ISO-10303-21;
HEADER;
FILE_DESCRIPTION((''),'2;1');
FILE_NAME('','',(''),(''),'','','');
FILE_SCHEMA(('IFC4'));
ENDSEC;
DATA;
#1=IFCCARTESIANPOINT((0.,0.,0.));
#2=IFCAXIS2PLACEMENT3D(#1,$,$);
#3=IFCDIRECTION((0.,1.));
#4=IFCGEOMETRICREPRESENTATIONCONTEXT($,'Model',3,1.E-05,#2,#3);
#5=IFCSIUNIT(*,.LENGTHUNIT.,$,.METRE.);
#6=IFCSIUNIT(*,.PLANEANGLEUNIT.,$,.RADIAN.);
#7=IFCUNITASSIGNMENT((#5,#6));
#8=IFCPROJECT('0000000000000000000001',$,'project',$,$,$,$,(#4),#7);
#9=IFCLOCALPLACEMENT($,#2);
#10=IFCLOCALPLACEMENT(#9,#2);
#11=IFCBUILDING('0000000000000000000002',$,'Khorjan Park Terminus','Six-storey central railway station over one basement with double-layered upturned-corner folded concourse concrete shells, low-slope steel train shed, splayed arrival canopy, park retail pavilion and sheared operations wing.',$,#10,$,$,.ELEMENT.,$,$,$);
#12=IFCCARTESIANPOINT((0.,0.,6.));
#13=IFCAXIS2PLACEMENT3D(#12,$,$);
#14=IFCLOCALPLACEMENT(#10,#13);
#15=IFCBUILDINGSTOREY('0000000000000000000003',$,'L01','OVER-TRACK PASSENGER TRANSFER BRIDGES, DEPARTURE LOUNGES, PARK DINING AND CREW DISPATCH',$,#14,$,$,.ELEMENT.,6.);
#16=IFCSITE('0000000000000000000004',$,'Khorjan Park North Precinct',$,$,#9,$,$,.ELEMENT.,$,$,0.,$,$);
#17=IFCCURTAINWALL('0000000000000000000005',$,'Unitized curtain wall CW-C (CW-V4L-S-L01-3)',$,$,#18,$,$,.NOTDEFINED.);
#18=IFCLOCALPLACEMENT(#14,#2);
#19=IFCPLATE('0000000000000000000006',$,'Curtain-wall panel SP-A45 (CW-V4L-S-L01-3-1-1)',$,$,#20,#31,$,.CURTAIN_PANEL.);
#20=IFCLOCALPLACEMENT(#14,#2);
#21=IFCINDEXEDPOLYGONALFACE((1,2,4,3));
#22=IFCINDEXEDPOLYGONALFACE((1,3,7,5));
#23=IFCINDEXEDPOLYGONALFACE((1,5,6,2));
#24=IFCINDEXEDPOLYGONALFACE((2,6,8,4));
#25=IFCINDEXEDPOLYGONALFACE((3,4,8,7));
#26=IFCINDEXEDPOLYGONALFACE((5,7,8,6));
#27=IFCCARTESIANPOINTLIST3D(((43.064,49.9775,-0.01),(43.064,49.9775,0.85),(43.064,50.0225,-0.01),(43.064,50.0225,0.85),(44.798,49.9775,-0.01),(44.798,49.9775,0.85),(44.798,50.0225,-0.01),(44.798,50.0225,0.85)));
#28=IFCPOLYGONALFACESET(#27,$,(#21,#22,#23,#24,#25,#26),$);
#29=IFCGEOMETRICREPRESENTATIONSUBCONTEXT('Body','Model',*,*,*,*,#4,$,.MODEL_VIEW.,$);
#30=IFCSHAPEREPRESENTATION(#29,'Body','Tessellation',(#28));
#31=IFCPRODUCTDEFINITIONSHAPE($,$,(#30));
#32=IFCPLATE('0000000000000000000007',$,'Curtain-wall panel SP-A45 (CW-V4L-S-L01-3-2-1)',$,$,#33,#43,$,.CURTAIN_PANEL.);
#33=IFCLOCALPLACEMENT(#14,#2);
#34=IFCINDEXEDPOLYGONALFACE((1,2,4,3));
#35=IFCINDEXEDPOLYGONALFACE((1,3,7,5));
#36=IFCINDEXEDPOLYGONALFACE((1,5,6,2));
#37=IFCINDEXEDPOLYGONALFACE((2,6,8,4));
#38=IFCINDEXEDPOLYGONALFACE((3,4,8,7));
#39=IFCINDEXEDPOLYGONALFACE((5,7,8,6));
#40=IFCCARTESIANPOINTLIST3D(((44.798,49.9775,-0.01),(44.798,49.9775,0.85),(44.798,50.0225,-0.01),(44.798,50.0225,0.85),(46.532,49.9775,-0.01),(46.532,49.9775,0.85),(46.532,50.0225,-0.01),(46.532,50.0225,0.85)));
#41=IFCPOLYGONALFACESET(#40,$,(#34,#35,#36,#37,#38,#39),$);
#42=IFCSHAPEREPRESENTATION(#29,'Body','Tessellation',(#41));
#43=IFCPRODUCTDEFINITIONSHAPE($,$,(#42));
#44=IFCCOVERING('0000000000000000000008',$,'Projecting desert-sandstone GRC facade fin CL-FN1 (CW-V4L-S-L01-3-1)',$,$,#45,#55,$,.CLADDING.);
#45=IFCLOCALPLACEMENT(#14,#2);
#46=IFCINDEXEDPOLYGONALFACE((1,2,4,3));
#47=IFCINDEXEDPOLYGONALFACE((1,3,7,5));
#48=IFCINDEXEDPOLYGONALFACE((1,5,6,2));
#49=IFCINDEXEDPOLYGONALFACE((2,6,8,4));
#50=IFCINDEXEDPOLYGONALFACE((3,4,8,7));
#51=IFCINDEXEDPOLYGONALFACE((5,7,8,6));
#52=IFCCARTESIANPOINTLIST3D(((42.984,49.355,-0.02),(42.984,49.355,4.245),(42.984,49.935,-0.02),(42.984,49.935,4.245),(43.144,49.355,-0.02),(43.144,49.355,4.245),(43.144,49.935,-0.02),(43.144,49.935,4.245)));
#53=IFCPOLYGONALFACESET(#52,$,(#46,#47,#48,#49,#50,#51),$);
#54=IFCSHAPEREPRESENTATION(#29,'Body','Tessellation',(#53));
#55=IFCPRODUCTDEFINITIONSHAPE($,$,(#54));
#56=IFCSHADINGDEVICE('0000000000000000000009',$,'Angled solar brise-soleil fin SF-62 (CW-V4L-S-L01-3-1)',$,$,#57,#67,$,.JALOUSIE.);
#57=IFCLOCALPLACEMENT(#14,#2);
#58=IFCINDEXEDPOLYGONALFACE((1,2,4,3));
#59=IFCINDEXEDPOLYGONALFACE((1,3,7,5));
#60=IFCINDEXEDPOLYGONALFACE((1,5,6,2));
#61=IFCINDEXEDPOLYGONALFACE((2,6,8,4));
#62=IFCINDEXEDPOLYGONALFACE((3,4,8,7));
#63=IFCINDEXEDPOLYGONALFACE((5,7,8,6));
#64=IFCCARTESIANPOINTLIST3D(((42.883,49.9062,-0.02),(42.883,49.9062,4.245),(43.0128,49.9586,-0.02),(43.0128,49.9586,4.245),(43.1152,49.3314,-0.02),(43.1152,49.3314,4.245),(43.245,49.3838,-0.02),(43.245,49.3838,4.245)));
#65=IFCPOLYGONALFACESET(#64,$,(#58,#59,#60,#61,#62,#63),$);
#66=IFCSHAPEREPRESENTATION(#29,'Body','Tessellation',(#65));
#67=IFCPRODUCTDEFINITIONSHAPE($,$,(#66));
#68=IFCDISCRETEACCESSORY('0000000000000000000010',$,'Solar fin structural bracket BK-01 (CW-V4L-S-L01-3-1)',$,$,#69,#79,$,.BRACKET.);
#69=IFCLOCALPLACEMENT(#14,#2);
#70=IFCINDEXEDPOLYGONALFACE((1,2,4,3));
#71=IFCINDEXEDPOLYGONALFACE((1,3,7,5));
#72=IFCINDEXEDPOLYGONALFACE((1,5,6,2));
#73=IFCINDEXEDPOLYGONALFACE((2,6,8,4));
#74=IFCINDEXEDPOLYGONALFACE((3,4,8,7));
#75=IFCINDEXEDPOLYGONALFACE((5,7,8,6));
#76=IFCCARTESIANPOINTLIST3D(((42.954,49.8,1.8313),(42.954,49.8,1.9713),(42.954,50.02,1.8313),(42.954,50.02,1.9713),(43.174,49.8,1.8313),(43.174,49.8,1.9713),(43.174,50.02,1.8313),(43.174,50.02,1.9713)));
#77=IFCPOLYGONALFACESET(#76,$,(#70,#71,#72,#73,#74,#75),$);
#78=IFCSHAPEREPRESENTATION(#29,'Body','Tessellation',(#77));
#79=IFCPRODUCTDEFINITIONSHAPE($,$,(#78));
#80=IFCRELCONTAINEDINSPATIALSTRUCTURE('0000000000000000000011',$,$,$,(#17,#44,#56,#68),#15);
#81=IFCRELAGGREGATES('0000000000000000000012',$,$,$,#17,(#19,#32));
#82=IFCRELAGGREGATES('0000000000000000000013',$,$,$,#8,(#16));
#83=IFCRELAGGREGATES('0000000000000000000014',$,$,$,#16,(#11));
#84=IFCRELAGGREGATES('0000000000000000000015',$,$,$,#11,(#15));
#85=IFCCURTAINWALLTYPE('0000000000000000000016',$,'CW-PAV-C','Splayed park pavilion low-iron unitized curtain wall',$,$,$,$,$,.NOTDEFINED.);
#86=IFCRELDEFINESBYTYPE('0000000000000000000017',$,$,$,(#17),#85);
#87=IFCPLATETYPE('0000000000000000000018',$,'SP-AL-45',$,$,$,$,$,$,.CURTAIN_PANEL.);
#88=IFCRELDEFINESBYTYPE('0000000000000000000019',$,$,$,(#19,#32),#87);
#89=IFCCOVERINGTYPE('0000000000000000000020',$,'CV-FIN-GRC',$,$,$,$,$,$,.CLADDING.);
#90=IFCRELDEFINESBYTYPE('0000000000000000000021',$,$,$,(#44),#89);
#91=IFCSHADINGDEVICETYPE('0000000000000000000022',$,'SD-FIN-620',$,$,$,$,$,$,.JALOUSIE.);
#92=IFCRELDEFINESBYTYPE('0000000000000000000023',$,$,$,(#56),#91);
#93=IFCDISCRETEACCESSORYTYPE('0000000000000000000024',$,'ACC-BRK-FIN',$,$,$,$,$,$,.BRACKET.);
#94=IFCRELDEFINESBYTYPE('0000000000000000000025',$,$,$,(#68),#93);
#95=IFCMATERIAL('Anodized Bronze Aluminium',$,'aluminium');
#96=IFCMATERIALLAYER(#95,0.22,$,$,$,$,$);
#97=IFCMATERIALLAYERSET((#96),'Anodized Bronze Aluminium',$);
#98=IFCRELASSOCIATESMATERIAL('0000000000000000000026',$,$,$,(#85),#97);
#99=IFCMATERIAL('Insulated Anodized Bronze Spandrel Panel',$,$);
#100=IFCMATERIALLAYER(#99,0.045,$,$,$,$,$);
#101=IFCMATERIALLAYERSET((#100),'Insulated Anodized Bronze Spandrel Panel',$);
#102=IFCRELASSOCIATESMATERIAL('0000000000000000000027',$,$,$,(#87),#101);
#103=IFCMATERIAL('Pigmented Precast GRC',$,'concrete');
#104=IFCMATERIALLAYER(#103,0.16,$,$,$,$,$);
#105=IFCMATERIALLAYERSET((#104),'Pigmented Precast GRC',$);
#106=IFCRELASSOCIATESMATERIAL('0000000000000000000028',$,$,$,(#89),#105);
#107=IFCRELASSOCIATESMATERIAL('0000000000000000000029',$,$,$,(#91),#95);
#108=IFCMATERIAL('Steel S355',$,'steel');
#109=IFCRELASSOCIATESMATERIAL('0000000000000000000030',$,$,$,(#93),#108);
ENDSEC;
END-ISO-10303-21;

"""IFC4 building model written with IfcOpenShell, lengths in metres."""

from ifc_helpers import new_model, si_unit, direction, frame, origin, origin_2d, place, context, subcontext, project, spatial, rectangle, extrude, material, layer, layer_set, type_object, element, aggregate, save


model = new_model("IFC4")

# Units and contexts
model_context = context("Model", 3, precision=1e-05, world=origin(), true_north=direction((0.0, 1.0)))
body_context = subcontext(model_context, "Body", "Model", "MODEL_VIEW")
ifc_project = project(units=[si_unit("LENGTHUNIT", "METRE"), si_unit("PLANEANGLEUNIT", "RADIAN")], contexts=[model_context])

# Site, building, storey
site_placement = place(None, origin())
site = spatial("IfcSite", under=ifc_project, at=site_placement, Name="Khorjan Park North Precinct", CompositionType="ELEMENT", RefElevation=0.0)
building_placement = place(site_placement, origin())
building = spatial("IfcBuilding", under=site, at=building_placement, Name="Khorjan Park Terminus", Description="Six-storey central railway station over one basement with double-layered upturned-corner folded concourse concrete shells, low-slope steel train shed, splayed arrival canopy, park retail pavilion and sheared operations wing.", CompositionType="ELEMENT")
storey_placement = place(building_placement, frame((0.0, 0.0, 6.0)))
storey = spatial("IfcBuildingStorey", under=building, at=storey_placement, Name="L01", Description="OVER-TRACK PASSENGER TRANSFER BRIDGES, DEPARTURE LOUNGES, PARK DINING AND CREW DISPATCH", CompositionType="ELEMENT", Elevation=6.0)

# Shared definitions
ifc_material_1 = material(Name="Anodized Bronze Aluminium", Category="aluminium")
ifc_layer_1 = layer(ifc_material_1, 0.22)
ifc_layer_set_1 = layer_set([ifc_layer_1], Name="Anodized Bronze Aluminium")
curtain_wall_type = type_object("IfcCurtainWallType", Name="CW-PAV-C", Description="Splayed park pavilion low-iron unitized curtain wall", PredefinedType="NOTDEFINED", material=ifc_layer_set_1)

# Curtain wall
curtain_wall_1_placement = place(storey_placement, origin())
curtain_wall_1 = element("IfcCurtainWall", 1, at=curtain_wall_1_placement, inside=storey, type_object=curtain_wall_type, Name="Unitized curtain wall CW-C (CW-V4L-S-L01-3)", PredefinedType="NOTDEFINED")

# Plates
ifc_material_2 = material(Name="Insulated Anodized Bronze Spandrel Panel")
ifc_layer_2 = layer(ifc_material_2, 0.045)
ifc_layer_set_2 = layer_set([ifc_layer_2], Name="Insulated Anodized Bronze Spandrel Panel")
plate_type_1 = type_object("IfcPlateType", Name="SP-AL-45", PredefinedType="CURTAIN_PANEL", material=ifc_layer_set_2)
plate_1_placement = place(storey_placement, frame((43.931, 50.0, -0.01), z_axis=(0.0, 0.0, 1.0), x_axis=(1.0, 0.0, 0.0)))
plate_1 = element("IfcPlate", 2, at=plate_1_placement, type_object=plate_type_1, Name="Curtain-wall panel SP-A45 (CW-V4L-S-L01-3-1-1)", PredefinedType="CURTAIN_PANEL", context=body_context, shape_type="SweptSolid", body=[
    extrude(rectangle(XDim=1.734, YDim=0.045, at=origin_2d()), origin(), (0.0, 0.0, 1.0), 0.86),
])
plate_2_placement = place(storey_placement, frame((45.665, 50.0, -0.01), z_axis=(0.0, 0.0, 1.0), x_axis=(1.0, 0.0, 0.0)))
plate_2 = element("IfcPlate", 3, at=plate_2_placement, type_object=plate_type_1, Name="Curtain-wall panel SP-A45 (CW-V4L-S-L01-3-2-1)", PredefinedType="CURTAIN_PANEL", context=body_context, shape_type="SweptSolid", body=[
    extrude(rectangle(XDim=1.734, YDim=0.045, at=origin_2d()), origin(), (0.0, 0.0, 1.0), 0.86),
])
aggregate(curtain_wall_1, [plate_1, plate_2])

# Covering
ifc_material_3 = material(Name="Pigmented Precast GRC", Category="concrete")
ifc_layer_3 = layer(ifc_material_3, 0.16)
ifc_layer_set_3 = layer_set([ifc_layer_3], Name="Pigmented Precast GRC")
covering_type = type_object("IfcCoveringType", Name="CV-FIN-GRC", PredefinedType="CLADDING", material=ifc_layer_set_3)
covering_placement = place(storey_placement, frame((43.064, 49.645, -0.02), z_axis=(0.0, 0.0, 1.0), x_axis=(0.0, 1.0, 0.0)))
element("IfcCovering", 4, at=covering_placement, inside=storey, type_object=covering_type, Name="Projecting desert-sandstone GRC facade fin CL-FN1 (CW-V4L-S-L01-3-1)", PredefinedType="CLADDING", context=body_context, shape_type="SweptSolid", body=[
    extrude(rectangle(XDim=0.58, YDim=0.16, at=origin_2d()), origin(), (0.0, 0.0, 1.0), 4.265),
])

# Shading device
shading_device_type = type_object("IfcShadingDeviceType", Name="SD-FIN-620", PredefinedType="JALOUSIE", material=ifc_material_1)
shading_device_placement = place(storey_placement, frame((43.064, 49.645, -0.02), z_axis=(0.0, 0.0, 1.0), x_axis=(-0.374607, 0.927184, 0.0)))
element("IfcShadingDevice", 5, at=shading_device_placement, inside=storey, type_object=shading_device_type, Name="Angled solar brise-soleil fin SF-62 (CW-V4L-S-L01-3-1)", PredefinedType="JALOUSIE", context=body_context, shape_type="SweptSolid", body=[
    extrude(rectangle(XDim=0.62, YDim=0.14, at=origin_2d()), origin(), (0.0, 0.0, 1.0), 4.265),
])

# Discrete accessory
ifc_material_4 = material(Name="Steel S355", Category="steel")
discrete_accessory_type = type_object("IfcDiscreteAccessoryType", Name="ACC-BRK-FIN", PredefinedType="BRACKET", material=ifc_material_4)
discrete_accessory_placement = place(storey_placement, frame((43.064, 49.91, 1.8313), z_axis=(0.0, 0.0, 1.0), x_axis=(1.0, 0.0, 0.0)))
element("IfcDiscreteAccessory", 6, at=discrete_accessory_placement, inside=storey, type_object=discrete_accessory_type, Name="Solar fin structural bracket BK-01 (CW-V4L-S-L01-3-1)", PredefinedType="BRACKET", context=body_context, shape_type="SweptSolid", body=[
    extrude(rectangle(XDim=0.22, YDim=0.22, at=origin_2d()), origin(), (0.0, 0.0, 1.0), 0.14),
])

save(model, "model.ifc")
